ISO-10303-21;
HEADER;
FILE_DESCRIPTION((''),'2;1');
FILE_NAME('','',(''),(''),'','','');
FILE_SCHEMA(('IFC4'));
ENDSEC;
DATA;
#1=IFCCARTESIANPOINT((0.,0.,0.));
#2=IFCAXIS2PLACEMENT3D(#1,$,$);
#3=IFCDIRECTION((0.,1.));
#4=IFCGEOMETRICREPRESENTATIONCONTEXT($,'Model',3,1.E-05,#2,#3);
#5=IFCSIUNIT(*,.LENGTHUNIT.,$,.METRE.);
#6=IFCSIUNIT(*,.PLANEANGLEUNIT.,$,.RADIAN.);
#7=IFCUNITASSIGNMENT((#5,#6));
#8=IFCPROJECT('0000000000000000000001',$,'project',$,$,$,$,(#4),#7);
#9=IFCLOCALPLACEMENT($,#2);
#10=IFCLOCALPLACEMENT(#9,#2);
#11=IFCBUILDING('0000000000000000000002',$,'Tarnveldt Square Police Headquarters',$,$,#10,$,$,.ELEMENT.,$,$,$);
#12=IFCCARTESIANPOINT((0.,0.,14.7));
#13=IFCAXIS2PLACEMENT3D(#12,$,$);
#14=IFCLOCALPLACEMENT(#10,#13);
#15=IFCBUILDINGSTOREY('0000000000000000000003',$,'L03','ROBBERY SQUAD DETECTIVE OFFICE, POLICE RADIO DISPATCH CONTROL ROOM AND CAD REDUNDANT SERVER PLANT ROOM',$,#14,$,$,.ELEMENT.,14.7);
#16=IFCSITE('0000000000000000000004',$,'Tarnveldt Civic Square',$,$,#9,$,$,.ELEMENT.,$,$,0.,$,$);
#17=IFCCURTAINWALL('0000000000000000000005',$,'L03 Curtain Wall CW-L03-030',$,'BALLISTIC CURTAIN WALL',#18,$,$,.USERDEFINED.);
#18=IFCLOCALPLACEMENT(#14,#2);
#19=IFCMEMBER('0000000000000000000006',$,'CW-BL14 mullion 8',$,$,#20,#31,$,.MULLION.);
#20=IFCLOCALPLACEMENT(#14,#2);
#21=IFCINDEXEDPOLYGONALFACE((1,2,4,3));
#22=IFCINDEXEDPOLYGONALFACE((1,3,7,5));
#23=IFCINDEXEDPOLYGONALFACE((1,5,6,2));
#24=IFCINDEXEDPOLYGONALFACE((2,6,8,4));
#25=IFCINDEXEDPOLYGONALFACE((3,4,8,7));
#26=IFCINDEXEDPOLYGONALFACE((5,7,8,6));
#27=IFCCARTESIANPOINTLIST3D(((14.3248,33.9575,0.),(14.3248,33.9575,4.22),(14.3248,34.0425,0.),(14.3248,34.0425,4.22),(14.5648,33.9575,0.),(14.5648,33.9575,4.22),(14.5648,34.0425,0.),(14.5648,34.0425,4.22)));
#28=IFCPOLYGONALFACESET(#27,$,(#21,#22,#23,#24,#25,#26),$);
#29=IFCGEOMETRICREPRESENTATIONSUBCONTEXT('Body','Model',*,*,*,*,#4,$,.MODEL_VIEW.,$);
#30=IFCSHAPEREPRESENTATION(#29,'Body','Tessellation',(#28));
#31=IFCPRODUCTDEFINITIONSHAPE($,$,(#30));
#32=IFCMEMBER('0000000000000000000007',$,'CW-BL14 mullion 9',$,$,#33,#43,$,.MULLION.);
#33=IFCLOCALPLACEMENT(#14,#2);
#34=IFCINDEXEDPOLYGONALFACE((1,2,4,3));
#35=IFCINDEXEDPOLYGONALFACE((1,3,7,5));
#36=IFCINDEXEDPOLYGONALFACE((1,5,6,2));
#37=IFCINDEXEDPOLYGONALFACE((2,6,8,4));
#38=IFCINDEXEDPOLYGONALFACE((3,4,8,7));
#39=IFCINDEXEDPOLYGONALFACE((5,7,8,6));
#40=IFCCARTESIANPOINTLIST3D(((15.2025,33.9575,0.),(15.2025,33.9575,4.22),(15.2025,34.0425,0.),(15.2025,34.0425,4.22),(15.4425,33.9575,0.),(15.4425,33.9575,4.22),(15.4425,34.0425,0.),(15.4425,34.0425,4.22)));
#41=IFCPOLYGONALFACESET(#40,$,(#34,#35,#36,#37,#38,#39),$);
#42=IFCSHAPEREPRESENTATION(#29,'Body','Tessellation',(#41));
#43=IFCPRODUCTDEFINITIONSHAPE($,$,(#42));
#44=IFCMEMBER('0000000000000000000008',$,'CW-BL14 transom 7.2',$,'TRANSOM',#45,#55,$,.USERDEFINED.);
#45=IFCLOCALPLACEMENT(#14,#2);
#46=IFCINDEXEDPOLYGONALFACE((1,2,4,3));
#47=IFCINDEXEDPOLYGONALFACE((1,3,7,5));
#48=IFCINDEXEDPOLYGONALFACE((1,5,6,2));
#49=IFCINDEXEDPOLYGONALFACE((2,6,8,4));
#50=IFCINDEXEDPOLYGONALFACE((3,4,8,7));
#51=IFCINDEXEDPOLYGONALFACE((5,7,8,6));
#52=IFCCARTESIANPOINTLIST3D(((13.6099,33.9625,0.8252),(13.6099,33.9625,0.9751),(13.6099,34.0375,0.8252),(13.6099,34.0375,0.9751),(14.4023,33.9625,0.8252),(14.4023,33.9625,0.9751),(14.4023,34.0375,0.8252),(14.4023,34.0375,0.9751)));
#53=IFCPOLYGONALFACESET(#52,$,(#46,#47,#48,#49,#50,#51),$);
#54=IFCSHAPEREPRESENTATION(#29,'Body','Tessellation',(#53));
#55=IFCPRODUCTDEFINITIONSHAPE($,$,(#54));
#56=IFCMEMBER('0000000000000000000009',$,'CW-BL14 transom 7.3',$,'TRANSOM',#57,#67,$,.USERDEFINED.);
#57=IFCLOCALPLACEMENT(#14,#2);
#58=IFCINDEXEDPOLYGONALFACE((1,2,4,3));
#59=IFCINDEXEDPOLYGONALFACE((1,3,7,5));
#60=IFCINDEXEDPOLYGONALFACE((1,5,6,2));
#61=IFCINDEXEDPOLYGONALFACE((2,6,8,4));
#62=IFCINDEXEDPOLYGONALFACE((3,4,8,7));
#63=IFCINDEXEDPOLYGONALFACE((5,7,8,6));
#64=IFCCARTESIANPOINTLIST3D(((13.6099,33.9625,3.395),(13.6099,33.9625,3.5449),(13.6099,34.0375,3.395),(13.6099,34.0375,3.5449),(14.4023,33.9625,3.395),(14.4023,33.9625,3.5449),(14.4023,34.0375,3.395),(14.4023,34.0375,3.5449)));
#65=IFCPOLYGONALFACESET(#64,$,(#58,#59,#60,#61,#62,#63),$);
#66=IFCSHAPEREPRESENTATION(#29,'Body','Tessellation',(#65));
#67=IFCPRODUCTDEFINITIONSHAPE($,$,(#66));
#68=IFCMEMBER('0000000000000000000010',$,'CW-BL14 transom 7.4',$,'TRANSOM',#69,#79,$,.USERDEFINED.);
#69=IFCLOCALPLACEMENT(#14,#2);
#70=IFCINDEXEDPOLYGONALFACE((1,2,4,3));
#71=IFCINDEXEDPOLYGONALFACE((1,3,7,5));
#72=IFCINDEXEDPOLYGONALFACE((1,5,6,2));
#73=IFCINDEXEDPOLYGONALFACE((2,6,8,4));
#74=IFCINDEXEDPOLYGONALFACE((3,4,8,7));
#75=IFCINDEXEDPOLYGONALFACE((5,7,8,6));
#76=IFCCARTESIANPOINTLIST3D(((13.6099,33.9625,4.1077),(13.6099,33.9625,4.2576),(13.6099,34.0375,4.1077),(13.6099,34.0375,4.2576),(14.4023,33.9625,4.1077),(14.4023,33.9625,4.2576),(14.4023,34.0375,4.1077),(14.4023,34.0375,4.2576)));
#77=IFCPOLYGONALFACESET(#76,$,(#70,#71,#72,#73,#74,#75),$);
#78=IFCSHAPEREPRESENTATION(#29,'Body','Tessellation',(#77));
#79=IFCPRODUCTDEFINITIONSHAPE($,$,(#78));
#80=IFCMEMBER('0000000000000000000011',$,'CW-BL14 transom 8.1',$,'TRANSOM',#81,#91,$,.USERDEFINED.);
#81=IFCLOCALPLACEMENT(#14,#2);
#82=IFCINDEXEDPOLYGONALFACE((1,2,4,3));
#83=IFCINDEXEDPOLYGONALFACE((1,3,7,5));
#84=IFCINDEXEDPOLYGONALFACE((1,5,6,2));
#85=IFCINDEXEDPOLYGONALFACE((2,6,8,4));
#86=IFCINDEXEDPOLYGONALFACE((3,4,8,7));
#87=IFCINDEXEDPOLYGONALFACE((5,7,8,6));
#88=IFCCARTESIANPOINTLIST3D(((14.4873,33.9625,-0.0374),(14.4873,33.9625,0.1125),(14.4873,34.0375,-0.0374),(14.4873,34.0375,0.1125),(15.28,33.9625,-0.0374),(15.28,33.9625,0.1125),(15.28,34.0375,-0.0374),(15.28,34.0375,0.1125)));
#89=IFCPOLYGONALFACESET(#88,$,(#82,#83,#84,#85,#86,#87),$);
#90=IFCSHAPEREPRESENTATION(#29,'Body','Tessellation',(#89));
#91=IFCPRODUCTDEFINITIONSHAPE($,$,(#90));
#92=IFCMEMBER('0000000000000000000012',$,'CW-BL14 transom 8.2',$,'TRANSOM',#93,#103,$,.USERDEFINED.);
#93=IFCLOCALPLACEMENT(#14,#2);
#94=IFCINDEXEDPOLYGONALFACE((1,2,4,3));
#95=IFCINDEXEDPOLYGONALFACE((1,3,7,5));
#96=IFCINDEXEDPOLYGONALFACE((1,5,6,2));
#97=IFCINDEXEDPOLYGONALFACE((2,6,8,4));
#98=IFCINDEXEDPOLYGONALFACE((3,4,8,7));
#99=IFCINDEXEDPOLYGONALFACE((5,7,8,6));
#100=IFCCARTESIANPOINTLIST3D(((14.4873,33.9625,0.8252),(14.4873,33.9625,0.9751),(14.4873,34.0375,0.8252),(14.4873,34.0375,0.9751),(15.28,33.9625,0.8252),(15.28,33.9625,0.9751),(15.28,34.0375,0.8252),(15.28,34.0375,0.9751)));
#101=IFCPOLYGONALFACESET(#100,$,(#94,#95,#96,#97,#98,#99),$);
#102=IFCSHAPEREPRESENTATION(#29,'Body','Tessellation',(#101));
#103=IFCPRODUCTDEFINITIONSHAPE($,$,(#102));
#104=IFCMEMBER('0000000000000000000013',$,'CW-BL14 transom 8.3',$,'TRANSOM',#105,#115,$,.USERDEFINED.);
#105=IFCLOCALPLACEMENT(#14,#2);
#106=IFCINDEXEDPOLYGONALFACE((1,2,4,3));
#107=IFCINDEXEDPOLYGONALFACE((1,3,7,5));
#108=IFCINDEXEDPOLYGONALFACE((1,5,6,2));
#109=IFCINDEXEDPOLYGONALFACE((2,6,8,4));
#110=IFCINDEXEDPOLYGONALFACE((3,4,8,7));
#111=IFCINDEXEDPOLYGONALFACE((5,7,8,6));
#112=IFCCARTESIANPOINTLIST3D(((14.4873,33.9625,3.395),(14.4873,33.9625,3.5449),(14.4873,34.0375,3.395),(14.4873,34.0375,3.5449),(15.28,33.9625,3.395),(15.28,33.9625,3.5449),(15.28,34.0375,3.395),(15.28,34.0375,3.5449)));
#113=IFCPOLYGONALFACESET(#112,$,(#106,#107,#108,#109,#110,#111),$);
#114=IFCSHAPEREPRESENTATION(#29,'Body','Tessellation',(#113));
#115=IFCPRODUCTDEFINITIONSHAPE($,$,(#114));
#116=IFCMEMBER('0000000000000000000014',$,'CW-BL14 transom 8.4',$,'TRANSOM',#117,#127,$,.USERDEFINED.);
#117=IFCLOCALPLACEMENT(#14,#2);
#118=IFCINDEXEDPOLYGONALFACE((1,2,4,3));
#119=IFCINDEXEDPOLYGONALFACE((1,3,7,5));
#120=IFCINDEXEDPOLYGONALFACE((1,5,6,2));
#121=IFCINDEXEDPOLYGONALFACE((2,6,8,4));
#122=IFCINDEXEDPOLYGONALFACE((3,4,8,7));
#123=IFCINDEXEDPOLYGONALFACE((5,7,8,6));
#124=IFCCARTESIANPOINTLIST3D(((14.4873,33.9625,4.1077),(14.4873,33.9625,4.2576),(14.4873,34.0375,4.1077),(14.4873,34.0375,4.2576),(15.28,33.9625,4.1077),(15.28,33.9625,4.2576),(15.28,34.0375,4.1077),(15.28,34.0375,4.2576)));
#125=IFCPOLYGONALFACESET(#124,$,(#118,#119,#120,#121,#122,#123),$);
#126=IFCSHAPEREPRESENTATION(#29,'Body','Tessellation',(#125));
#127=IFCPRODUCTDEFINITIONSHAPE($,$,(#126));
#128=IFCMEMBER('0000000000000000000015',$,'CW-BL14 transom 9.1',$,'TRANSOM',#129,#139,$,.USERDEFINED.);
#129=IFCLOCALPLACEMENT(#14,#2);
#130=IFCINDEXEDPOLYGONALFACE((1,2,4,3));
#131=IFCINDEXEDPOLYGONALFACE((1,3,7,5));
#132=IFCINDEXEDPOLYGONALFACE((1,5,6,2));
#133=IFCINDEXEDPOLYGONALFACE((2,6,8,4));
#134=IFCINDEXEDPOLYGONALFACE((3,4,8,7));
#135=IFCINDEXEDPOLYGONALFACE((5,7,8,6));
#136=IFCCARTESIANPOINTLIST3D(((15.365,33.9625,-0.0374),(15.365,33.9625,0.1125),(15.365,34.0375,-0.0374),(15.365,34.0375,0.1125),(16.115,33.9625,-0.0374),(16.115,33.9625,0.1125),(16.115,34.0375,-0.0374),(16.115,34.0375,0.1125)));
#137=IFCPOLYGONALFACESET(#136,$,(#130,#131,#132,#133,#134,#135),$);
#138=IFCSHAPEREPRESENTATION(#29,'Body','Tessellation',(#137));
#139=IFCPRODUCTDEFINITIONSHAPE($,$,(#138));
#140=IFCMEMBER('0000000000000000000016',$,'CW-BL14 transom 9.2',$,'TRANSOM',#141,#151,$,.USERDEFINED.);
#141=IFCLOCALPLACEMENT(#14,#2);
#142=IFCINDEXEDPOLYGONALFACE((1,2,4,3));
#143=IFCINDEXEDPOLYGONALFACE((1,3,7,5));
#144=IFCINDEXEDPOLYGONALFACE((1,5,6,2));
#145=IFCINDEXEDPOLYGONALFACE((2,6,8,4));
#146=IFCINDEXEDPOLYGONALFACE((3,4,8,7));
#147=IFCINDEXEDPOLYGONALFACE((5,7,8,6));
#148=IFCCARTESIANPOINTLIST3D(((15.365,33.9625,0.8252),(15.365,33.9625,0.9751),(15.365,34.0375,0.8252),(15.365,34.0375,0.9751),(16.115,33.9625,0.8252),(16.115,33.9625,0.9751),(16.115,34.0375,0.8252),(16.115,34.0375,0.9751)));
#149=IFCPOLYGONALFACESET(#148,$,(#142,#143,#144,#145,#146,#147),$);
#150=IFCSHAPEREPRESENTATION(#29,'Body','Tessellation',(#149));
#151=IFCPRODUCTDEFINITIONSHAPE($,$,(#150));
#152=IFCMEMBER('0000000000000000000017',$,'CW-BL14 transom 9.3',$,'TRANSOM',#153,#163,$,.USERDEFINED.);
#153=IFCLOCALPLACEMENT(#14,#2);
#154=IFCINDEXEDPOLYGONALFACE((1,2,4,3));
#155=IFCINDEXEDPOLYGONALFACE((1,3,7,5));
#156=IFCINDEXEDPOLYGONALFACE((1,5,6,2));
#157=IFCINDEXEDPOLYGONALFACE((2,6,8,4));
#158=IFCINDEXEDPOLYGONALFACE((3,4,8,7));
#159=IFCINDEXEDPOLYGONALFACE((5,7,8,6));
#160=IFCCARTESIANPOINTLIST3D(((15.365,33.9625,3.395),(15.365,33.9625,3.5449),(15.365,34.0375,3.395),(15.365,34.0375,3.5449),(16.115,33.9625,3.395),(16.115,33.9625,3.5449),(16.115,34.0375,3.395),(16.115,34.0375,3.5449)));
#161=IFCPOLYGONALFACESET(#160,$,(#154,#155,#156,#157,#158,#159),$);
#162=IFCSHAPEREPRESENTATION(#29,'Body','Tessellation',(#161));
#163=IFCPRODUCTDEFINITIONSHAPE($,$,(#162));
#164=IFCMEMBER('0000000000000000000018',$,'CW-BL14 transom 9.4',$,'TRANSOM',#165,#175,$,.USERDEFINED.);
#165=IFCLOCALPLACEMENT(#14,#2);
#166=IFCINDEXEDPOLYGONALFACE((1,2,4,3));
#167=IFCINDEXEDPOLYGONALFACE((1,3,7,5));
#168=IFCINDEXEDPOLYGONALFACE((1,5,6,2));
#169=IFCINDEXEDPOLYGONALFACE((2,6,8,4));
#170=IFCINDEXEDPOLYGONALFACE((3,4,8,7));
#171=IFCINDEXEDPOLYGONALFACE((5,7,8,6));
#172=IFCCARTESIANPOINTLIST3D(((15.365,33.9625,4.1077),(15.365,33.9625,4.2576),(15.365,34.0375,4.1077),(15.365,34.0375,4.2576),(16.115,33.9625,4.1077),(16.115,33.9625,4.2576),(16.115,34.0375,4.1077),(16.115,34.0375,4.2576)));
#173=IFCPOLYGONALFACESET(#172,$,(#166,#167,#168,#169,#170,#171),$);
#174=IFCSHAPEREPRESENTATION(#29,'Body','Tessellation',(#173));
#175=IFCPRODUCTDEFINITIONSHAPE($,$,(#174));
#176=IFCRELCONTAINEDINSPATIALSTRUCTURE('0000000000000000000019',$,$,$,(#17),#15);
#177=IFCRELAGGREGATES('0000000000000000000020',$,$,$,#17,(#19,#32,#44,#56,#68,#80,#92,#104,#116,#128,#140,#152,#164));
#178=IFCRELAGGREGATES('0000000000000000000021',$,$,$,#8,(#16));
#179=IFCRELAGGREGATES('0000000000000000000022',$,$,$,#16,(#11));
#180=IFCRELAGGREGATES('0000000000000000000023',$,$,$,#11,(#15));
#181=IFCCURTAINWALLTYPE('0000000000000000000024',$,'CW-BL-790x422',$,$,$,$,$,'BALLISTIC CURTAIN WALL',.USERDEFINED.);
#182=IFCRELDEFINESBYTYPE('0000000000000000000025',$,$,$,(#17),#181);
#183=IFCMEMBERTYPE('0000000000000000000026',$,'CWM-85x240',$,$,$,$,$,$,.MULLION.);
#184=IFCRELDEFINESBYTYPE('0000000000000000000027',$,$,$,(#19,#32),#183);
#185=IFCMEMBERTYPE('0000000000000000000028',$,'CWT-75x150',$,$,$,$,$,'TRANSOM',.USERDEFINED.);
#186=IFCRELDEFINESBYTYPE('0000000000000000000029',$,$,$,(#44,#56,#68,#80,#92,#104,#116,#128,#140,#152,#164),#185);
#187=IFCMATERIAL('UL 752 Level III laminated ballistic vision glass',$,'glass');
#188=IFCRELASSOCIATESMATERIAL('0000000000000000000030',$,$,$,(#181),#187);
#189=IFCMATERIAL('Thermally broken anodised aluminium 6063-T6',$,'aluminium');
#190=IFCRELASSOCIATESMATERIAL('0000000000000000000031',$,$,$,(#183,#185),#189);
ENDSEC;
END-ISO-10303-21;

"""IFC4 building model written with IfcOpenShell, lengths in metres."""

from ifc_helpers import new_model, si_unit, direction, frame, origin, origin_2d, place, context, subcontext, project, spatial, rectangle, extrude, material, material_profile, profile_set, type_object, element, aggregate, save


model = new_model("IFC4")

# Units and contexts
model_context = context("Model", 3, precision=1e-05, world=origin(), true_north=direction((0.0, 1.0)))
body_context = subcontext(model_context, "Body", "Model", "MODEL_VIEW")
ifc_project = project(units=[si_unit("LENGTHUNIT", "METRE"), si_unit("PLANEANGLEUNIT", "RADIAN")], contexts=[model_context])

# Site, building, storey
site_placement = place(None, origin())
site = spatial("IfcSite", under=ifc_project, at=site_placement, Name="Tarnveldt Civic Square", CompositionType="ELEMENT", RefElevation=0.0)
building_placement = place(site_placement, origin())
building = spatial("IfcBuilding", under=site, at=building_placement, Name="Tarnveldt Square Police Headquarters", CompositionType="ELEMENT")
storey_placement = place(building_placement, frame((0.0, 0.0, 14.7)))
storey = spatial("IfcBuildingStorey", under=building, at=storey_placement, Name="L03", Description="ROBBERY SQUAD DETECTIVE OFFICE, POLICE RADIO DISPATCH CONTROL ROOM AND CAD REDUNDANT SERVER PLANT ROOM", CompositionType="ELEMENT", Elevation=14.7)

# Curtain wall, members
ifc_material_1 = material(Name="UL 752 Level III laminated ballistic vision glass", Category="glass")
curtain_wall_type = type_object("IfcCurtainWallType", Name="CW-BL-790x422", ElementType="BALLISTIC CURTAIN WALL", PredefinedType="USERDEFINED", material=ifc_material_1)
curtain_wall_placement = place(storey_placement, origin())
curtain_wall = element("IfcCurtainWall", 1, at=curtain_wall_placement, inside=storey, type_object=curtain_wall_type, Name="L03 Curtain Wall CW-L03-030", ObjectType="BALLISTIC CURTAIN WALL", PredefinedType="USERDEFINED")
ifc_material_2 = material(Name="Thermally broken anodised aluminium 6063-T6", Category="aluminium")
ifc_material_profile_1 = material_profile(ifc_material_2, rectangle(XDim=0.085, YDim=0.24, at=origin_2d()), Name="CW-M85x240")
ifc_profile_set_1 = profile_set([ifc_material_profile_1], Name="Thermally broken anodised aluminium 6063-T6")
member_type_1 = type_object("IfcMemberType", Name="CWM-85x240", PredefinedType="MULLION", material=ifc_profile_set_1)
member_1_placement = place(storey_placement, frame((14.4448, 34.0, 0.0), z_axis=(0.0, 0.0, 1.0), x_axis=(0.0, 1.0, 0.0)))
member_1 = element("IfcMember", 2, at=member_1_placement, type_object=member_type_1, Name="CW-BL14 mullion 8", PredefinedType="MULLION", context=body_context, shape_type="SweptSolid", body=[
    extrude(rectangle(XDim=0.085, YDim=0.24, at=origin_2d()), origin(), (0.0, 0.0, 1.0), 4.22),
])
member_2_placement = place(storey_placement, frame((15.3225, 34.0, 0.0), z_axis=(0.0, 0.0, 1.0), x_axis=(0.0, 1.0, 0.0)))
member_2 = element("IfcMember", 3, at=member_2_placement, type_object=member_type_1, Name="CW-BL14 mullion 9", PredefinedType="MULLION", context=body_context, shape_type="SweptSolid", body=[
    extrude(rectangle(XDim=0.085, YDim=0.24, at=origin_2d()), origin(), (0.0, 0.0, 1.0), 4.22),
])
ifc_material_profile_2 = material_profile(ifc_material_2, rectangle(XDim=0.075, YDim=0.1499, at=origin_2d()), Name="CW-T75x150")
ifc_profile_set_2 = profile_set([ifc_material_profile_2], Name="Thermally broken anodised aluminium 6063-T6")
member_type_2 = type_object("IfcMemberType", Name="CWT-75x150", ElementType="TRANSOM", PredefinedType="USERDEFINED", material=ifc_profile_set_2)
member_3_placement = place(storey_placement, frame((13.6099, 34.0, 0.9001), z_axis=(1.0, 0.0, 0.0), x_axis=(0.0, 1.0, 0.0)))
member_3 = element("IfcMember", 4, at=member_3_placement, type_object=member_type_2, Name="CW-BL14 transom 7.2", ObjectType="TRANSOM", PredefinedType="USERDEFINED", context=body_context, shape_type="SweptSolid", body=[
    extrude(rectangle(XDim=0.075, YDim=0.1499, at=origin_2d()), origin(), (0.0, 0.0, 1.0), 0.7925),
])
member_4_placement = place(storey_placement, frame((13.6099, 34.0, 3.47), z_axis=(1.0, 0.0, 0.0), x_axis=(0.0, 1.0, 0.0)))
member_4 = element("IfcMember", 5, at=member_4_placement, type_object=member_type_2, Name="CW-BL14 transom 7.3", ObjectType="TRANSOM", PredefinedType="USERDEFINED", context=body_context, shape_type="SweptSolid", body=[
    extrude(rectangle(XDim=0.075, YDim=0.1499, at=origin_2d()), origin(), (0.0, 0.0, 1.0), 0.7925),
])
member_5_placement = place(storey_placement, frame((13.6099, 34.0, 4.1826), z_axis=(1.0, 0.0, 0.0), x_axis=(0.0, 1.0, 0.0)))
member_5 = element("IfcMember", 6, at=member_5_placement, type_object=member_type_2, Name="CW-BL14 transom 7.4", ObjectType="TRANSOM", PredefinedType="USERDEFINED", context=body_context, shape_type="SweptSolid", body=[
    extrude(rectangle(XDim=0.075, YDim=0.1499, at=origin_2d()), origin(), (0.0, 0.0, 1.0), 0.7925),
])
member_6_placement = place(storey_placement, frame((14.4873, 34.0, 0.0376), z_axis=(1.0, 0.0, 0.0), x_axis=(0.0, 1.0, 0.0)))
member_6 = element("IfcMember", 7, at=member_6_placement, type_object=member_type_2, Name="CW-BL14 transom 8.1", ObjectType="TRANSOM", PredefinedType="USERDEFINED", context=body_context, shape_type="SweptSolid", body=[
    extrude(rectangle(XDim=0.075, YDim=0.1499, at=origin_2d()), origin(), (0.0, 0.0, 1.0), 0.7927),
])
member_7_placement = place(storey_placement, frame((14.4873, 34.0, 0.9001), z_axis=(1.0, 0.0, 0.0), x_axis=(0.0, 1.0, 0.0)))
member_7 = element("IfcMember", 8, at=member_7_placement, type_object=member_type_2, Name="CW-BL14 transom 8.2", ObjectType="TRANSOM", PredefinedType="USERDEFINED", context=body_context, shape_type="SweptSolid", body=[
    extrude(rectangle(XDim=0.075, YDim=0.1499, at=origin_2d()), origin(), (0.0, 0.0, 1.0), 0.7927),
])
member_8_placement = place(storey_placement, frame((14.4873, 34.0, 3.47), z_axis=(1.0, 0.0, 0.0), x_axis=(0.0, 1.0, 0.0)))
member_8 = element("IfcMember", 9, at=member_8_placement, type_object=member_type_2, Name="CW-BL14 transom 8.3", ObjectType="TRANSOM", PredefinedType="USERDEFINED", context=body_context, shape_type="SweptSolid", body=[
    extrude(rectangle(XDim=0.075, YDim=0.1499, at=origin_2d()), origin(), (0.0, 0.0, 1.0), 0.7927),
])
member_9_placement = place(storey_placement, frame((14.4873, 34.0, 4.1826), z_axis=(1.0, 0.0, 0.0), x_axis=(0.0, 1.0, 0.0)))
member_9 = element("IfcMember", 10, at=member_9_placement, type_object=member_type_2, Name="CW-BL14 transom 8.4", ObjectType="TRANSOM", PredefinedType="USERDEFINED", context=body_context, shape_type="SweptSolid", body=[
    extrude(rectangle(XDim=0.075, YDim=0.1499, at=origin_2d()), origin(), (0.0, 0.0, 1.0), 0.7927),
])
member_10_placement = place(storey_placement, frame((15.365, 34.0, 0.0376), z_axis=(1.0, 0.0, 0.0), x_axis=(0.0, 1.0, 0.0)))
member_10 = element("IfcMember", 11, at=member_10_placement, type_object=member_type_2, Name="CW-BL14 transom 9.1", ObjectType="TRANSOM", PredefinedType="USERDEFINED", context=body_context, shape_type="SweptSolid", body=[
    extrude(rectangle(XDim=0.075, YDim=0.1499, at=origin_2d()), origin(), (0.0, 0.0, 1.0), 0.75),
])
member_11_placement = place(storey_placement, frame((15.365, 34.0, 0.9001), z_axis=(1.0, 0.0, 0.0), x_axis=(0.0, 1.0, 0.0)))
member_11 = element("IfcMember", 12, at=member_11_placement, type_object=member_type_2, Name="CW-BL14 transom 9.2", ObjectType="TRANSOM", PredefinedType="USERDEFINED", context=body_context, shape_type="SweptSolid", body=[
    extrude(rectangle(XDim=0.075, YDim=0.1499, at=origin_2d()), origin(), (0.0, 0.0, 1.0), 0.75),
])
member_12_placement = place(storey_placement, frame((15.365, 34.0, 3.47), z_axis=(1.0, 0.0, 0.0), x_axis=(0.0, 1.0, 0.0)))
member_12 = element("IfcMember", 13, at=member_12_placement, type_object=member_type_2, Name="CW-BL14 transom 9.3", ObjectType="TRANSOM", PredefinedType="USERDEFINED", context=body_context, shape_type="SweptSolid", body=[
    extrude(rectangle(XDim=0.075, YDim=0.1499, at=origin_2d()), origin(), (0.0, 0.0, 1.0), 0.75),
])
member_13_placement = place(storey_placement, frame((15.365, 34.0, 4.1826), z_axis=(1.0, 0.0, 0.0), x_axis=(0.0, 1.0, 0.0)))
member_13 = element("IfcMember", 14, at=member_13_placement, type_object=member_type_2, Name="CW-BL14 transom 9.4", ObjectType="TRANSOM", PredefinedType="USERDEFINED", context=body_context, shape_type="SweptSolid", body=[
    extrude(rectangle(XDim=0.075, YDim=0.1499, at=origin_2d()), origin(), (0.0, 0.0, 1.0), 0.75),
])

aggregate(curtain_wall, [member_1, member_2, member_3, member_4, member_5, member_6, member_7, member_8, member_9, member_10, member_11, member_12, member_13])

save(model, "model.ifc")
